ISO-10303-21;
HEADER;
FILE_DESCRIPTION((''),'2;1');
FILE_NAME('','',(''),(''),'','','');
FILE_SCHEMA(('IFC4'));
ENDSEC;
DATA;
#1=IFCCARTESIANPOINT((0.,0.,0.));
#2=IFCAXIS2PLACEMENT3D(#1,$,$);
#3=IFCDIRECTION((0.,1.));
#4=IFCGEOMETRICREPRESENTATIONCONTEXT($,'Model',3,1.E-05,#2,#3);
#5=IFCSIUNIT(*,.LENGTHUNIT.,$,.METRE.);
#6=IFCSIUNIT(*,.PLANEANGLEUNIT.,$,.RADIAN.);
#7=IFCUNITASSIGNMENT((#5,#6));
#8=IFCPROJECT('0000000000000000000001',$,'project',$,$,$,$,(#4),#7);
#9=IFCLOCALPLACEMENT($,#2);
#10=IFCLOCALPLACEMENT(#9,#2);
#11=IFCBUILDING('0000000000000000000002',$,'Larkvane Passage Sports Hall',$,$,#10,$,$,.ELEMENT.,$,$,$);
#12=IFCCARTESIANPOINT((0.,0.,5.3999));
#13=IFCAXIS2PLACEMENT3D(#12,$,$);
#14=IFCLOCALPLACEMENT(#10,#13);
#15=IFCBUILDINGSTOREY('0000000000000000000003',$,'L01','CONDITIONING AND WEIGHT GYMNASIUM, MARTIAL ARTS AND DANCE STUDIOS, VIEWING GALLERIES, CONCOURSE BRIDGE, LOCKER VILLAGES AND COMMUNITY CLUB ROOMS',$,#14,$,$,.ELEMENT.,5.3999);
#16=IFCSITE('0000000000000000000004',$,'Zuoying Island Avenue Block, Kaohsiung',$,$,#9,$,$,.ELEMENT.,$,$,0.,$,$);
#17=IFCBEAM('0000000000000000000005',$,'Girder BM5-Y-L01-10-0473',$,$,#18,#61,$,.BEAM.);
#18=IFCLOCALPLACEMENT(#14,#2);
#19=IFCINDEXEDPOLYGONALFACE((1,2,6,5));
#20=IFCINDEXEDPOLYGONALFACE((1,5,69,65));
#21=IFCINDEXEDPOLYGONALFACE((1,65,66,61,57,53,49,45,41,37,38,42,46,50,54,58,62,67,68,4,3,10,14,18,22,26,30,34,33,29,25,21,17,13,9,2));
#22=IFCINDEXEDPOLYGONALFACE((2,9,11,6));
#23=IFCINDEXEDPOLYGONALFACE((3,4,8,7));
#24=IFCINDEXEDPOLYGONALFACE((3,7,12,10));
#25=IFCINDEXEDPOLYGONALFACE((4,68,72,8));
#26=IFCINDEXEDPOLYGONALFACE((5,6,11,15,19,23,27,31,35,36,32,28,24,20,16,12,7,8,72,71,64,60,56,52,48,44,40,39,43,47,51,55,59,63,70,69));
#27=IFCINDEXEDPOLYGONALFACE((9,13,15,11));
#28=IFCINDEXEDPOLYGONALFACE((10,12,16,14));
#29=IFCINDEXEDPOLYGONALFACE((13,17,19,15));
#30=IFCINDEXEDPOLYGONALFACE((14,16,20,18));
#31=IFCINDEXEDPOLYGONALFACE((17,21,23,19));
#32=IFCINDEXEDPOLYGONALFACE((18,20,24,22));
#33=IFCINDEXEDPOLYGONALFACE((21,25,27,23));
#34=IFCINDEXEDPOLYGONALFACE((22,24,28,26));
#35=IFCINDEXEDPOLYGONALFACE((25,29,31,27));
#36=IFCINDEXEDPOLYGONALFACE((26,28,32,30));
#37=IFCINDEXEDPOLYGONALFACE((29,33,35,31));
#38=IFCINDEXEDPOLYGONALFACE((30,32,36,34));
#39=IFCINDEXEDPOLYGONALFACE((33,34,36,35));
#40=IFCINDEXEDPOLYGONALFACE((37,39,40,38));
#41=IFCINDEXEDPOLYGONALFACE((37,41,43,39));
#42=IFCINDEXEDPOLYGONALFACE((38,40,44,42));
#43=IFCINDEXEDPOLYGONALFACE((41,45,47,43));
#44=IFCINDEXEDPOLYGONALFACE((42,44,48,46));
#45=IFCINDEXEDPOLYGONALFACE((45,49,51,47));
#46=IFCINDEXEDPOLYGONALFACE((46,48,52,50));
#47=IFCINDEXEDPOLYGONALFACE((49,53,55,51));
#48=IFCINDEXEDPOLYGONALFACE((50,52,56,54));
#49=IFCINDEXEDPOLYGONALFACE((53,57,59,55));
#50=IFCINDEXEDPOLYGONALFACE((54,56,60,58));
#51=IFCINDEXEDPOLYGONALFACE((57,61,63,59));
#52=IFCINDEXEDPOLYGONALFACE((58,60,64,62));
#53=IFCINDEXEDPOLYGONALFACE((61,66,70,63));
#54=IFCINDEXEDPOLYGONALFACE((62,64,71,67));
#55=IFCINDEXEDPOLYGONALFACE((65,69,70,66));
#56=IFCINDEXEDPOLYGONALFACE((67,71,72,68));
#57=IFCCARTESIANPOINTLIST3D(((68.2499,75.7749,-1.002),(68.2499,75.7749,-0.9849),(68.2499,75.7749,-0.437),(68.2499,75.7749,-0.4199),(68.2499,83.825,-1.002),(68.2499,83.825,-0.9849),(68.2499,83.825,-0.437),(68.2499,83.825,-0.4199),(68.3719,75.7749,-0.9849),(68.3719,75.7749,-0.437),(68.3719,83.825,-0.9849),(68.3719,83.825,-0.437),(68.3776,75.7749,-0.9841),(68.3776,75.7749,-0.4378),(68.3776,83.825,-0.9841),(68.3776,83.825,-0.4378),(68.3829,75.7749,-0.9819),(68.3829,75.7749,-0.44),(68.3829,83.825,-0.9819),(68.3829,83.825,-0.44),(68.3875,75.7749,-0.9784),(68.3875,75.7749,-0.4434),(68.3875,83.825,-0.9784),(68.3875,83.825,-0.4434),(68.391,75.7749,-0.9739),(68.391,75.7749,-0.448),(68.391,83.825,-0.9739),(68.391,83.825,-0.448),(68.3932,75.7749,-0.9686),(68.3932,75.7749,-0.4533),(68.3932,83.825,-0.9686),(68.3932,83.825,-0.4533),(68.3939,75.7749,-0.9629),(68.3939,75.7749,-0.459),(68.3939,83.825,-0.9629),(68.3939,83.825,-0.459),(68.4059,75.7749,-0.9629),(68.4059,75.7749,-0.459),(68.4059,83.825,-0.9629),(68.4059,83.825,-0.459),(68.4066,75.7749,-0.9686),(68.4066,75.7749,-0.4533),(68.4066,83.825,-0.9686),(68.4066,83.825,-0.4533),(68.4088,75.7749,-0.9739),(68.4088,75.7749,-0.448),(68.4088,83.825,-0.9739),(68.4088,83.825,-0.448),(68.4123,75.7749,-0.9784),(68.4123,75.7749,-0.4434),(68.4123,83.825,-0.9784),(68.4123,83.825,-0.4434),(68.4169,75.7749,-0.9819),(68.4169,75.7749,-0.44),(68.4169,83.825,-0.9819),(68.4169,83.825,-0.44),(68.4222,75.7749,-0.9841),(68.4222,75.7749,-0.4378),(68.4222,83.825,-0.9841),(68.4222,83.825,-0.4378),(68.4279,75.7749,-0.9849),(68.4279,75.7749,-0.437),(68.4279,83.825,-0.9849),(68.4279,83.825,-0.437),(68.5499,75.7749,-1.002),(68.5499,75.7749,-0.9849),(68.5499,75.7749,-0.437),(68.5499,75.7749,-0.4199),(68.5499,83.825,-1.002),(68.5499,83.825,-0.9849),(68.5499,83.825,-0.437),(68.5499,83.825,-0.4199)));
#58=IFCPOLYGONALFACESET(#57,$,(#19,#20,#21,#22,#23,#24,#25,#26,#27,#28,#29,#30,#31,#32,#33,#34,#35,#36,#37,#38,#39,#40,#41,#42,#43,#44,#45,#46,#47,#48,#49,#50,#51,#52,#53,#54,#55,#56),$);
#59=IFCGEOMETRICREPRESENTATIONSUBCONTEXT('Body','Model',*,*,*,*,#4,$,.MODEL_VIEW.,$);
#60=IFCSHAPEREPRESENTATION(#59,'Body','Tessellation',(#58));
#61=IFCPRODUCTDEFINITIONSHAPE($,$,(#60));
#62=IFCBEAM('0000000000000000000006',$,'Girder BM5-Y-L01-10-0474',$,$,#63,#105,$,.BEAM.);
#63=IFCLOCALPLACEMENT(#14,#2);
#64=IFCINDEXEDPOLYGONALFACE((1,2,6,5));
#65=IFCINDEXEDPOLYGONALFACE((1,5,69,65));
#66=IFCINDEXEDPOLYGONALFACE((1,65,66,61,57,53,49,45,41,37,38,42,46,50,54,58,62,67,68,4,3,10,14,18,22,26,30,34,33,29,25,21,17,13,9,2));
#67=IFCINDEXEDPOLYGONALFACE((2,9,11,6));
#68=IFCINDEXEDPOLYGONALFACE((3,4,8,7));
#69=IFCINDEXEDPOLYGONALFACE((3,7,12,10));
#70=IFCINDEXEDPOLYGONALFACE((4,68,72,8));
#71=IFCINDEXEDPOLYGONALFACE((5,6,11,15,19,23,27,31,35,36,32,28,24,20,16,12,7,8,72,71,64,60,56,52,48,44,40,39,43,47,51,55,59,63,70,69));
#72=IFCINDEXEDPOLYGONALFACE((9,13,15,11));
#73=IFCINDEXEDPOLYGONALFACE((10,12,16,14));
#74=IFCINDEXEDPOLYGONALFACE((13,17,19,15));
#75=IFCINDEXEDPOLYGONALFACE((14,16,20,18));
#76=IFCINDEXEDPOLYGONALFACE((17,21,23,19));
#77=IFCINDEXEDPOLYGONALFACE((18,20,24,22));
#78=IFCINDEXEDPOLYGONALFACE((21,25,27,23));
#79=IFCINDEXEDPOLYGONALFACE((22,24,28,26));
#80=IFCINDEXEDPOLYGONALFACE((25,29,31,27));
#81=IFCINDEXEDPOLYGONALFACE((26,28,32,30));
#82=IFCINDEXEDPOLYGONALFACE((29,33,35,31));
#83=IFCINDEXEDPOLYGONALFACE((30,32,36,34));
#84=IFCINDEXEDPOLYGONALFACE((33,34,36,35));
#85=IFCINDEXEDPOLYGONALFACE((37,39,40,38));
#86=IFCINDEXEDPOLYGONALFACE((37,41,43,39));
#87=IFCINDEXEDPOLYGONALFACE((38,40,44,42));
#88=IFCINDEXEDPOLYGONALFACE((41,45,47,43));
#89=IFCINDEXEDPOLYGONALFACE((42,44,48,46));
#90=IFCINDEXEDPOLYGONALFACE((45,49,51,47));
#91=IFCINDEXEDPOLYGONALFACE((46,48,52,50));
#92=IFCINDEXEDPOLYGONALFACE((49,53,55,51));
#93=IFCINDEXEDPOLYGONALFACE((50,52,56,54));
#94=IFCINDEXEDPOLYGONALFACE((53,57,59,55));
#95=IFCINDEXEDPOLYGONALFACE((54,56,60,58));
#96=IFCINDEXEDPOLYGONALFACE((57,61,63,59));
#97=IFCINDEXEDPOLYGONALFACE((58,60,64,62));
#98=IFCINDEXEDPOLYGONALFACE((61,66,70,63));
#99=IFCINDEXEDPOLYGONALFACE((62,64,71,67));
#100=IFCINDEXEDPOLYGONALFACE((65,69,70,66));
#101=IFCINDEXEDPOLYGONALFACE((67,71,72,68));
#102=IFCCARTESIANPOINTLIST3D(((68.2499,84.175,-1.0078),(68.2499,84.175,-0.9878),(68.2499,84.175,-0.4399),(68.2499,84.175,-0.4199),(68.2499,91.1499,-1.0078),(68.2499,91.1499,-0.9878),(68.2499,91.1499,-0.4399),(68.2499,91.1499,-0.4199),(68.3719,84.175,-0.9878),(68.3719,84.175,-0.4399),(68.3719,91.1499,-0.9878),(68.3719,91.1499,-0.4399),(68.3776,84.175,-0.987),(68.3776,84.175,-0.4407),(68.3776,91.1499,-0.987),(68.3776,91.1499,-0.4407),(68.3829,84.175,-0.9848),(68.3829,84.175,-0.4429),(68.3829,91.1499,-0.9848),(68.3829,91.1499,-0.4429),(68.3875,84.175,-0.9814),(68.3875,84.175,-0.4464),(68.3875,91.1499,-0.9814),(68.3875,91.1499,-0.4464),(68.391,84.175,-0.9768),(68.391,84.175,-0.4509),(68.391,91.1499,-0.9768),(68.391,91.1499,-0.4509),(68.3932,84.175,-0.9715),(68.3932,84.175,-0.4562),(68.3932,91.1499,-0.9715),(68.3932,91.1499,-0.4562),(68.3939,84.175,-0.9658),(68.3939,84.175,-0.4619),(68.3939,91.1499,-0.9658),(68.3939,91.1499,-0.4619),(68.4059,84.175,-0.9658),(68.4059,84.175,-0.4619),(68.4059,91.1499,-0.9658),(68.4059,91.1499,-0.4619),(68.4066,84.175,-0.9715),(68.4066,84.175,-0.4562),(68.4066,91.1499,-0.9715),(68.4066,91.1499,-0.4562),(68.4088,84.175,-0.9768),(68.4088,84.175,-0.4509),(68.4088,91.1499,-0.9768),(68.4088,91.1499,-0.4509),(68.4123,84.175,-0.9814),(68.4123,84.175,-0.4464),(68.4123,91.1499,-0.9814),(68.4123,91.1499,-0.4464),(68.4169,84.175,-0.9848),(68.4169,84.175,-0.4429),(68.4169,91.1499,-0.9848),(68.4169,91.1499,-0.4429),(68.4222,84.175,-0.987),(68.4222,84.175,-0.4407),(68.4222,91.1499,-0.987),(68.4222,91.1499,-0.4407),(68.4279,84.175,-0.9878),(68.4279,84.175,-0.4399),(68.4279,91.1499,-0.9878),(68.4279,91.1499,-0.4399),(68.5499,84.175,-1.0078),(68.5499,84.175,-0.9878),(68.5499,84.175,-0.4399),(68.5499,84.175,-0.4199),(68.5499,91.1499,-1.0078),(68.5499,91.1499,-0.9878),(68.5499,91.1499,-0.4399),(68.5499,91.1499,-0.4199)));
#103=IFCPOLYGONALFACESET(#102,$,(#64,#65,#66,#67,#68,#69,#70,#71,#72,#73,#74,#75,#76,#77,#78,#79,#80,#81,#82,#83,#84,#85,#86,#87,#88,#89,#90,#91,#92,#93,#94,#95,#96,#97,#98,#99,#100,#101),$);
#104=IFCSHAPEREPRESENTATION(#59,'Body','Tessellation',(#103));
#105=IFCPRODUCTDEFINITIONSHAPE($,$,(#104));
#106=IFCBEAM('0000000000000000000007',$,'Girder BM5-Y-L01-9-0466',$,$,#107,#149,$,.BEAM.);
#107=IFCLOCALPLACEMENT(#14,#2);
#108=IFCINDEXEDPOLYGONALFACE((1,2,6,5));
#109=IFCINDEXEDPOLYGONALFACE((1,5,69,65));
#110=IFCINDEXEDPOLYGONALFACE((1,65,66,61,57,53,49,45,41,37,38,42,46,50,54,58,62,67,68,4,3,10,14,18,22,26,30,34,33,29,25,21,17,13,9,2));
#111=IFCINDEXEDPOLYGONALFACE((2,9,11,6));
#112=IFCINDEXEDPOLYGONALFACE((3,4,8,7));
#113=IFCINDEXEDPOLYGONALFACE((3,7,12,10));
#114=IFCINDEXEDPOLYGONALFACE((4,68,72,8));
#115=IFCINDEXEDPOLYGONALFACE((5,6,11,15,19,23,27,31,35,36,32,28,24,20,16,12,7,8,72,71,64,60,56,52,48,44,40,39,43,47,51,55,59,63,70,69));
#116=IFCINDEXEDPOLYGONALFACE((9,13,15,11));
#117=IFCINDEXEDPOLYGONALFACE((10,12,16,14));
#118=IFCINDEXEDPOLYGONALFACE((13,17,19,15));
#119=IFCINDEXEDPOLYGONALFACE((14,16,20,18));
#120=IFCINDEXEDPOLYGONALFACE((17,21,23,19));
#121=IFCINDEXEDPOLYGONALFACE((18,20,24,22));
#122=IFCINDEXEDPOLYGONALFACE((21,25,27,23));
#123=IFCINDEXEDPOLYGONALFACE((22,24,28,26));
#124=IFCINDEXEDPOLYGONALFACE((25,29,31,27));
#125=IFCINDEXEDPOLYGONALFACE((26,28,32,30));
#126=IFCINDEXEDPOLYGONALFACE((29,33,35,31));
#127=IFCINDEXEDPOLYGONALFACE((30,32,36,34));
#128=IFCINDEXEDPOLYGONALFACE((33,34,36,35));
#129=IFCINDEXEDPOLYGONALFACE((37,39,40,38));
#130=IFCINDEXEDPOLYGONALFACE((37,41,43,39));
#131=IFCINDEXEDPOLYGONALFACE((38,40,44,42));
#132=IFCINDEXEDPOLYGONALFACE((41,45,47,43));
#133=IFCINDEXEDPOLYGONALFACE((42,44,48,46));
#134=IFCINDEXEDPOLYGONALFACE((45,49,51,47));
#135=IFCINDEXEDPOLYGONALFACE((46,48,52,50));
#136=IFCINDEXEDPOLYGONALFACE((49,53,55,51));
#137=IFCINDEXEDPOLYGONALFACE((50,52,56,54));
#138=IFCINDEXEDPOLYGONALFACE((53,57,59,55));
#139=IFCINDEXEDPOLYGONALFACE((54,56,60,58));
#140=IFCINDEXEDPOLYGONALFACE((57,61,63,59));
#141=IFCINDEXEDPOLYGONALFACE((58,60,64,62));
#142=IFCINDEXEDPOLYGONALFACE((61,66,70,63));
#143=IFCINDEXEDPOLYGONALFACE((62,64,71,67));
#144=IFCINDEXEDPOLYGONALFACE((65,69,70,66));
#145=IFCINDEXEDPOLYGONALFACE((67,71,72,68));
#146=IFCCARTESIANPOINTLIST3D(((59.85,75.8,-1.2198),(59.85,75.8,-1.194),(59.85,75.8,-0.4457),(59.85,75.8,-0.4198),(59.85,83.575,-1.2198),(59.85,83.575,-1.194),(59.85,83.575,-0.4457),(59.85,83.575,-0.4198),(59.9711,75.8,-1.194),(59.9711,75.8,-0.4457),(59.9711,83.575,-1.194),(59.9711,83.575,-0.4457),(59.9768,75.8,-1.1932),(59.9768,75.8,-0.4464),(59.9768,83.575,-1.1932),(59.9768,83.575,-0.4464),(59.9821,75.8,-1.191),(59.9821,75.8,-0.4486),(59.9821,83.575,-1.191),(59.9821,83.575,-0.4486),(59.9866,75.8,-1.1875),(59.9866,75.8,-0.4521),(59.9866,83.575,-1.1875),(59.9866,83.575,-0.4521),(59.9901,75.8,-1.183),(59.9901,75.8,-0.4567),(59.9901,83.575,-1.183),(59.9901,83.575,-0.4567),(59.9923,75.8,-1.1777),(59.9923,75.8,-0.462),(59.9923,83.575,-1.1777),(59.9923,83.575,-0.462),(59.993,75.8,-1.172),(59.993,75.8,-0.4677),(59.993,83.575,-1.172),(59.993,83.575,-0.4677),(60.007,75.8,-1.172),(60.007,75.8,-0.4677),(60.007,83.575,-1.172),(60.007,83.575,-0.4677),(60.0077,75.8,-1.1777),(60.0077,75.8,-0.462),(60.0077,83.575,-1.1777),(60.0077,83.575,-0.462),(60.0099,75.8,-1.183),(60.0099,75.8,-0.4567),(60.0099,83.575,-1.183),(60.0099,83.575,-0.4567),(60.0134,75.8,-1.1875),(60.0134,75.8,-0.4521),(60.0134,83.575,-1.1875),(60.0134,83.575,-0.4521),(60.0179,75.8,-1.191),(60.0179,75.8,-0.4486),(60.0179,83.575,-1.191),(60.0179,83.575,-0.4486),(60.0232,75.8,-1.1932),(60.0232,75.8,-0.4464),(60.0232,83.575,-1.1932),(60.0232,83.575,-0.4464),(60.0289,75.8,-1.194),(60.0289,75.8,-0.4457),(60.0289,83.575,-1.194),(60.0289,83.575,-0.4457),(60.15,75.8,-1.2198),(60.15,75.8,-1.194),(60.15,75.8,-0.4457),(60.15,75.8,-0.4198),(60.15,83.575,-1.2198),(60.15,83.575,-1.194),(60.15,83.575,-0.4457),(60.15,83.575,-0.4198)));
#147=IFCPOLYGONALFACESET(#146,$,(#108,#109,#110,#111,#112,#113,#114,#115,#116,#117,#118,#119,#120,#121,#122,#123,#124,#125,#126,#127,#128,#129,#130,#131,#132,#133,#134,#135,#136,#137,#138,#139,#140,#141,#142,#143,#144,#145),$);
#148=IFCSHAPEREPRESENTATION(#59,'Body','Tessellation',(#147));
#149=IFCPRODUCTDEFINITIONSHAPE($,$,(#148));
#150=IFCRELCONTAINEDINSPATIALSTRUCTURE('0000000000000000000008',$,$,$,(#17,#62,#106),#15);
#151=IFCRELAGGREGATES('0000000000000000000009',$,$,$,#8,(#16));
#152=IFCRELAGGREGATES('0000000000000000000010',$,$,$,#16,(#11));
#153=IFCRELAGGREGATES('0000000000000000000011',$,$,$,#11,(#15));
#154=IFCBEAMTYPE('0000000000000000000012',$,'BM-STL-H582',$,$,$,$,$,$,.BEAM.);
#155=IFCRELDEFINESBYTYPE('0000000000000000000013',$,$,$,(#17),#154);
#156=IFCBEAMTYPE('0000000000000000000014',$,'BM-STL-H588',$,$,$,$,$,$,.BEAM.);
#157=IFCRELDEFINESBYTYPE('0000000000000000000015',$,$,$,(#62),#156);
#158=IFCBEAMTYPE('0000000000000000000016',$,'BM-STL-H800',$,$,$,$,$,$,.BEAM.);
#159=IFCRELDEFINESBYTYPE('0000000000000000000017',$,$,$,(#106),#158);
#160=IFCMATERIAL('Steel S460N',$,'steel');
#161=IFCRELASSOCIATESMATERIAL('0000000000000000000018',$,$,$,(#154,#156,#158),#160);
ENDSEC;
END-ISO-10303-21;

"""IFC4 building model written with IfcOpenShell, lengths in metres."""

from ifc_helpers import new_model, si_unit, direction, frame, origin, origin_2d, place, context, subcontext, project, spatial, i_section, extrude, material, material_profile, profile_set, type_object, element, save


model = new_model("IFC4")

# Units and contexts
model_context = context("Model", 3, precision=1e-05, world=origin(), true_north=direction((0.0, 1.0)))
body_context = subcontext(model_context, "Body", "Model", "MODEL_VIEW")
ifc_project = project(units=[si_unit("LENGTHUNIT", "METRE"), si_unit("PLANEANGLEUNIT", "RADIAN")], contexts=[model_context])

# Site, building, storey
site_placement = place(None, origin())
site = spatial("IfcSite", under=ifc_project, at=site_placement, Name="Zuoying Island Avenue Block, Kaohsiung", CompositionType="ELEMENT", RefElevation=0.0)
building_placement = place(site_placement, origin())
building = spatial("IfcBuilding", under=site, at=building_placement, Name="Larkvane Passage Sports Hall", CompositionType="ELEMENT")
storey_placement = place(building_placement, frame((0.0, 0.0, 5.3999)))
storey = spatial("IfcBuildingStorey", under=building, at=storey_placement, Name="L01", Description="CONDITIONING AND WEIGHT GYMNASIUM, MARTIAL ARTS AND DANCE STUDIOS, VIEWING GALLERIES, CONCOURSE BRIDGE, LOCKER VILLAGES AND COMMUNITY CLUB ROOMS", CompositionType="ELEMENT", Elevation=5.3999)

# Shared definitions
ifc_material_1 = material(Name="Steel S460N", Category="steel")

# Beams
ifc_material_profile_1 = material_profile(ifc_material_1, i_section(OverallWidth=0.3, OverallDepth=0.582, WebThickness=0.012, FlangeThickness=0.0171, FilletRadius=0.022, at=origin_2d()), Name="H-582x300x12x17")
ifc_profile_set_1 = profile_set([ifc_material_profile_1], Name="Steel S460N")
beam_type_1 = type_object("IfcBeamType", Name="BM-STL-H582", PredefinedType="BEAM", material=ifc_profile_set_1)
beam_1_placement = place(storey_placement, frame((68.3999, 75.7749, -0.7109), z_axis=(0.0, 1.0, 0.0), x_axis=(-1.0, 0.0, 0.0)))
element("IfcBeam", 1, at=beam_1_placement, inside=storey, type_object=beam_type_1, Name="Girder BM5-Y-L01-10-0473", PredefinedType="BEAM", context=body_context, shape_type="SweptSolid", body=[
    extrude(i_section(OverallWidth=0.3, OverallDepth=0.582, WebThickness=0.012, FlangeThickness=0.0171, FilletRadius=0.022, at=origin_2d()), origin(), (0.0, 0.0, 1.0), 8.05),
])
ifc_material_profile_2 = material_profile(ifc_material_1, i_section(OverallWidth=0.3, OverallDepth=0.5879, WebThickness=0.012, FlangeThickness=0.02, FilletRadius=0.022, at=origin_2d()), Name="H-588x300x12x20")
ifc_profile_set_2 = profile_set([ifc_material_profile_2], Name="Steel S460N")
beam_type_2 = type_object("IfcBeamType", Name="BM-STL-H588", PredefinedType="BEAM", material=ifc_profile_set_2)
beam_2_placement = place(storey_placement, frame((68.3999, 84.175, -0.7139), z_axis=(0.0, 1.0, 0.0), x_axis=(-1.0, 0.0, 0.0)))
element("IfcBeam", 2, at=beam_2_placement, inside=storey, type_object=beam_type_2, Name="Girder BM5-Y-L01-10-0474", PredefinedType="BEAM", context=body_context, shape_type="SweptSolid", body=[
    extrude(i_section(OverallWidth=0.3, OverallDepth=0.5879, WebThickness=0.012, FlangeThickness=0.02, FilletRadius=0.022, at=origin_2d()), origin(), (0.0, 0.0, 1.0), 6.9749),
])
ifc_material_profile_3 = material_profile(ifc_material_1, i_section(OverallWidth=0.3, OverallDepth=0.8, WebThickness=0.0139, FlangeThickness=0.0259, FilletRadius=0.022, at=origin_2d()), Name="H-800x300x14x26")
ifc_profile_set_3 = profile_set([ifc_material_profile_3], Name="Steel S460N")
beam_type_3 = type_object("IfcBeamType", Name="BM-STL-H800", PredefinedType="BEAM", material=ifc_profile_set_3)
beam_3_placement = place(storey_placement, frame((60.0, 75.8, -0.8198), z_axis=(0.0, 1.0, 0.0), x_axis=(-1.0, 0.0, 0.0)))
element("IfcBeam", 3, at=beam_3_placement, inside=storey, type_object=beam_type_3, Name="Girder BM5-Y-L01-9-0466", PredefinedType="BEAM", context=body_context, shape_type="SweptSolid", body=[
    extrude(i_section(OverallWidth=0.3, OverallDepth=0.8, WebThickness=0.0139, FlangeThickness=0.0259, FilletRadius=0.022, at=origin_2d()), origin(), (0.0, 0.0, 1.0), 7.7749),
])

save(model, "model.ifc")
